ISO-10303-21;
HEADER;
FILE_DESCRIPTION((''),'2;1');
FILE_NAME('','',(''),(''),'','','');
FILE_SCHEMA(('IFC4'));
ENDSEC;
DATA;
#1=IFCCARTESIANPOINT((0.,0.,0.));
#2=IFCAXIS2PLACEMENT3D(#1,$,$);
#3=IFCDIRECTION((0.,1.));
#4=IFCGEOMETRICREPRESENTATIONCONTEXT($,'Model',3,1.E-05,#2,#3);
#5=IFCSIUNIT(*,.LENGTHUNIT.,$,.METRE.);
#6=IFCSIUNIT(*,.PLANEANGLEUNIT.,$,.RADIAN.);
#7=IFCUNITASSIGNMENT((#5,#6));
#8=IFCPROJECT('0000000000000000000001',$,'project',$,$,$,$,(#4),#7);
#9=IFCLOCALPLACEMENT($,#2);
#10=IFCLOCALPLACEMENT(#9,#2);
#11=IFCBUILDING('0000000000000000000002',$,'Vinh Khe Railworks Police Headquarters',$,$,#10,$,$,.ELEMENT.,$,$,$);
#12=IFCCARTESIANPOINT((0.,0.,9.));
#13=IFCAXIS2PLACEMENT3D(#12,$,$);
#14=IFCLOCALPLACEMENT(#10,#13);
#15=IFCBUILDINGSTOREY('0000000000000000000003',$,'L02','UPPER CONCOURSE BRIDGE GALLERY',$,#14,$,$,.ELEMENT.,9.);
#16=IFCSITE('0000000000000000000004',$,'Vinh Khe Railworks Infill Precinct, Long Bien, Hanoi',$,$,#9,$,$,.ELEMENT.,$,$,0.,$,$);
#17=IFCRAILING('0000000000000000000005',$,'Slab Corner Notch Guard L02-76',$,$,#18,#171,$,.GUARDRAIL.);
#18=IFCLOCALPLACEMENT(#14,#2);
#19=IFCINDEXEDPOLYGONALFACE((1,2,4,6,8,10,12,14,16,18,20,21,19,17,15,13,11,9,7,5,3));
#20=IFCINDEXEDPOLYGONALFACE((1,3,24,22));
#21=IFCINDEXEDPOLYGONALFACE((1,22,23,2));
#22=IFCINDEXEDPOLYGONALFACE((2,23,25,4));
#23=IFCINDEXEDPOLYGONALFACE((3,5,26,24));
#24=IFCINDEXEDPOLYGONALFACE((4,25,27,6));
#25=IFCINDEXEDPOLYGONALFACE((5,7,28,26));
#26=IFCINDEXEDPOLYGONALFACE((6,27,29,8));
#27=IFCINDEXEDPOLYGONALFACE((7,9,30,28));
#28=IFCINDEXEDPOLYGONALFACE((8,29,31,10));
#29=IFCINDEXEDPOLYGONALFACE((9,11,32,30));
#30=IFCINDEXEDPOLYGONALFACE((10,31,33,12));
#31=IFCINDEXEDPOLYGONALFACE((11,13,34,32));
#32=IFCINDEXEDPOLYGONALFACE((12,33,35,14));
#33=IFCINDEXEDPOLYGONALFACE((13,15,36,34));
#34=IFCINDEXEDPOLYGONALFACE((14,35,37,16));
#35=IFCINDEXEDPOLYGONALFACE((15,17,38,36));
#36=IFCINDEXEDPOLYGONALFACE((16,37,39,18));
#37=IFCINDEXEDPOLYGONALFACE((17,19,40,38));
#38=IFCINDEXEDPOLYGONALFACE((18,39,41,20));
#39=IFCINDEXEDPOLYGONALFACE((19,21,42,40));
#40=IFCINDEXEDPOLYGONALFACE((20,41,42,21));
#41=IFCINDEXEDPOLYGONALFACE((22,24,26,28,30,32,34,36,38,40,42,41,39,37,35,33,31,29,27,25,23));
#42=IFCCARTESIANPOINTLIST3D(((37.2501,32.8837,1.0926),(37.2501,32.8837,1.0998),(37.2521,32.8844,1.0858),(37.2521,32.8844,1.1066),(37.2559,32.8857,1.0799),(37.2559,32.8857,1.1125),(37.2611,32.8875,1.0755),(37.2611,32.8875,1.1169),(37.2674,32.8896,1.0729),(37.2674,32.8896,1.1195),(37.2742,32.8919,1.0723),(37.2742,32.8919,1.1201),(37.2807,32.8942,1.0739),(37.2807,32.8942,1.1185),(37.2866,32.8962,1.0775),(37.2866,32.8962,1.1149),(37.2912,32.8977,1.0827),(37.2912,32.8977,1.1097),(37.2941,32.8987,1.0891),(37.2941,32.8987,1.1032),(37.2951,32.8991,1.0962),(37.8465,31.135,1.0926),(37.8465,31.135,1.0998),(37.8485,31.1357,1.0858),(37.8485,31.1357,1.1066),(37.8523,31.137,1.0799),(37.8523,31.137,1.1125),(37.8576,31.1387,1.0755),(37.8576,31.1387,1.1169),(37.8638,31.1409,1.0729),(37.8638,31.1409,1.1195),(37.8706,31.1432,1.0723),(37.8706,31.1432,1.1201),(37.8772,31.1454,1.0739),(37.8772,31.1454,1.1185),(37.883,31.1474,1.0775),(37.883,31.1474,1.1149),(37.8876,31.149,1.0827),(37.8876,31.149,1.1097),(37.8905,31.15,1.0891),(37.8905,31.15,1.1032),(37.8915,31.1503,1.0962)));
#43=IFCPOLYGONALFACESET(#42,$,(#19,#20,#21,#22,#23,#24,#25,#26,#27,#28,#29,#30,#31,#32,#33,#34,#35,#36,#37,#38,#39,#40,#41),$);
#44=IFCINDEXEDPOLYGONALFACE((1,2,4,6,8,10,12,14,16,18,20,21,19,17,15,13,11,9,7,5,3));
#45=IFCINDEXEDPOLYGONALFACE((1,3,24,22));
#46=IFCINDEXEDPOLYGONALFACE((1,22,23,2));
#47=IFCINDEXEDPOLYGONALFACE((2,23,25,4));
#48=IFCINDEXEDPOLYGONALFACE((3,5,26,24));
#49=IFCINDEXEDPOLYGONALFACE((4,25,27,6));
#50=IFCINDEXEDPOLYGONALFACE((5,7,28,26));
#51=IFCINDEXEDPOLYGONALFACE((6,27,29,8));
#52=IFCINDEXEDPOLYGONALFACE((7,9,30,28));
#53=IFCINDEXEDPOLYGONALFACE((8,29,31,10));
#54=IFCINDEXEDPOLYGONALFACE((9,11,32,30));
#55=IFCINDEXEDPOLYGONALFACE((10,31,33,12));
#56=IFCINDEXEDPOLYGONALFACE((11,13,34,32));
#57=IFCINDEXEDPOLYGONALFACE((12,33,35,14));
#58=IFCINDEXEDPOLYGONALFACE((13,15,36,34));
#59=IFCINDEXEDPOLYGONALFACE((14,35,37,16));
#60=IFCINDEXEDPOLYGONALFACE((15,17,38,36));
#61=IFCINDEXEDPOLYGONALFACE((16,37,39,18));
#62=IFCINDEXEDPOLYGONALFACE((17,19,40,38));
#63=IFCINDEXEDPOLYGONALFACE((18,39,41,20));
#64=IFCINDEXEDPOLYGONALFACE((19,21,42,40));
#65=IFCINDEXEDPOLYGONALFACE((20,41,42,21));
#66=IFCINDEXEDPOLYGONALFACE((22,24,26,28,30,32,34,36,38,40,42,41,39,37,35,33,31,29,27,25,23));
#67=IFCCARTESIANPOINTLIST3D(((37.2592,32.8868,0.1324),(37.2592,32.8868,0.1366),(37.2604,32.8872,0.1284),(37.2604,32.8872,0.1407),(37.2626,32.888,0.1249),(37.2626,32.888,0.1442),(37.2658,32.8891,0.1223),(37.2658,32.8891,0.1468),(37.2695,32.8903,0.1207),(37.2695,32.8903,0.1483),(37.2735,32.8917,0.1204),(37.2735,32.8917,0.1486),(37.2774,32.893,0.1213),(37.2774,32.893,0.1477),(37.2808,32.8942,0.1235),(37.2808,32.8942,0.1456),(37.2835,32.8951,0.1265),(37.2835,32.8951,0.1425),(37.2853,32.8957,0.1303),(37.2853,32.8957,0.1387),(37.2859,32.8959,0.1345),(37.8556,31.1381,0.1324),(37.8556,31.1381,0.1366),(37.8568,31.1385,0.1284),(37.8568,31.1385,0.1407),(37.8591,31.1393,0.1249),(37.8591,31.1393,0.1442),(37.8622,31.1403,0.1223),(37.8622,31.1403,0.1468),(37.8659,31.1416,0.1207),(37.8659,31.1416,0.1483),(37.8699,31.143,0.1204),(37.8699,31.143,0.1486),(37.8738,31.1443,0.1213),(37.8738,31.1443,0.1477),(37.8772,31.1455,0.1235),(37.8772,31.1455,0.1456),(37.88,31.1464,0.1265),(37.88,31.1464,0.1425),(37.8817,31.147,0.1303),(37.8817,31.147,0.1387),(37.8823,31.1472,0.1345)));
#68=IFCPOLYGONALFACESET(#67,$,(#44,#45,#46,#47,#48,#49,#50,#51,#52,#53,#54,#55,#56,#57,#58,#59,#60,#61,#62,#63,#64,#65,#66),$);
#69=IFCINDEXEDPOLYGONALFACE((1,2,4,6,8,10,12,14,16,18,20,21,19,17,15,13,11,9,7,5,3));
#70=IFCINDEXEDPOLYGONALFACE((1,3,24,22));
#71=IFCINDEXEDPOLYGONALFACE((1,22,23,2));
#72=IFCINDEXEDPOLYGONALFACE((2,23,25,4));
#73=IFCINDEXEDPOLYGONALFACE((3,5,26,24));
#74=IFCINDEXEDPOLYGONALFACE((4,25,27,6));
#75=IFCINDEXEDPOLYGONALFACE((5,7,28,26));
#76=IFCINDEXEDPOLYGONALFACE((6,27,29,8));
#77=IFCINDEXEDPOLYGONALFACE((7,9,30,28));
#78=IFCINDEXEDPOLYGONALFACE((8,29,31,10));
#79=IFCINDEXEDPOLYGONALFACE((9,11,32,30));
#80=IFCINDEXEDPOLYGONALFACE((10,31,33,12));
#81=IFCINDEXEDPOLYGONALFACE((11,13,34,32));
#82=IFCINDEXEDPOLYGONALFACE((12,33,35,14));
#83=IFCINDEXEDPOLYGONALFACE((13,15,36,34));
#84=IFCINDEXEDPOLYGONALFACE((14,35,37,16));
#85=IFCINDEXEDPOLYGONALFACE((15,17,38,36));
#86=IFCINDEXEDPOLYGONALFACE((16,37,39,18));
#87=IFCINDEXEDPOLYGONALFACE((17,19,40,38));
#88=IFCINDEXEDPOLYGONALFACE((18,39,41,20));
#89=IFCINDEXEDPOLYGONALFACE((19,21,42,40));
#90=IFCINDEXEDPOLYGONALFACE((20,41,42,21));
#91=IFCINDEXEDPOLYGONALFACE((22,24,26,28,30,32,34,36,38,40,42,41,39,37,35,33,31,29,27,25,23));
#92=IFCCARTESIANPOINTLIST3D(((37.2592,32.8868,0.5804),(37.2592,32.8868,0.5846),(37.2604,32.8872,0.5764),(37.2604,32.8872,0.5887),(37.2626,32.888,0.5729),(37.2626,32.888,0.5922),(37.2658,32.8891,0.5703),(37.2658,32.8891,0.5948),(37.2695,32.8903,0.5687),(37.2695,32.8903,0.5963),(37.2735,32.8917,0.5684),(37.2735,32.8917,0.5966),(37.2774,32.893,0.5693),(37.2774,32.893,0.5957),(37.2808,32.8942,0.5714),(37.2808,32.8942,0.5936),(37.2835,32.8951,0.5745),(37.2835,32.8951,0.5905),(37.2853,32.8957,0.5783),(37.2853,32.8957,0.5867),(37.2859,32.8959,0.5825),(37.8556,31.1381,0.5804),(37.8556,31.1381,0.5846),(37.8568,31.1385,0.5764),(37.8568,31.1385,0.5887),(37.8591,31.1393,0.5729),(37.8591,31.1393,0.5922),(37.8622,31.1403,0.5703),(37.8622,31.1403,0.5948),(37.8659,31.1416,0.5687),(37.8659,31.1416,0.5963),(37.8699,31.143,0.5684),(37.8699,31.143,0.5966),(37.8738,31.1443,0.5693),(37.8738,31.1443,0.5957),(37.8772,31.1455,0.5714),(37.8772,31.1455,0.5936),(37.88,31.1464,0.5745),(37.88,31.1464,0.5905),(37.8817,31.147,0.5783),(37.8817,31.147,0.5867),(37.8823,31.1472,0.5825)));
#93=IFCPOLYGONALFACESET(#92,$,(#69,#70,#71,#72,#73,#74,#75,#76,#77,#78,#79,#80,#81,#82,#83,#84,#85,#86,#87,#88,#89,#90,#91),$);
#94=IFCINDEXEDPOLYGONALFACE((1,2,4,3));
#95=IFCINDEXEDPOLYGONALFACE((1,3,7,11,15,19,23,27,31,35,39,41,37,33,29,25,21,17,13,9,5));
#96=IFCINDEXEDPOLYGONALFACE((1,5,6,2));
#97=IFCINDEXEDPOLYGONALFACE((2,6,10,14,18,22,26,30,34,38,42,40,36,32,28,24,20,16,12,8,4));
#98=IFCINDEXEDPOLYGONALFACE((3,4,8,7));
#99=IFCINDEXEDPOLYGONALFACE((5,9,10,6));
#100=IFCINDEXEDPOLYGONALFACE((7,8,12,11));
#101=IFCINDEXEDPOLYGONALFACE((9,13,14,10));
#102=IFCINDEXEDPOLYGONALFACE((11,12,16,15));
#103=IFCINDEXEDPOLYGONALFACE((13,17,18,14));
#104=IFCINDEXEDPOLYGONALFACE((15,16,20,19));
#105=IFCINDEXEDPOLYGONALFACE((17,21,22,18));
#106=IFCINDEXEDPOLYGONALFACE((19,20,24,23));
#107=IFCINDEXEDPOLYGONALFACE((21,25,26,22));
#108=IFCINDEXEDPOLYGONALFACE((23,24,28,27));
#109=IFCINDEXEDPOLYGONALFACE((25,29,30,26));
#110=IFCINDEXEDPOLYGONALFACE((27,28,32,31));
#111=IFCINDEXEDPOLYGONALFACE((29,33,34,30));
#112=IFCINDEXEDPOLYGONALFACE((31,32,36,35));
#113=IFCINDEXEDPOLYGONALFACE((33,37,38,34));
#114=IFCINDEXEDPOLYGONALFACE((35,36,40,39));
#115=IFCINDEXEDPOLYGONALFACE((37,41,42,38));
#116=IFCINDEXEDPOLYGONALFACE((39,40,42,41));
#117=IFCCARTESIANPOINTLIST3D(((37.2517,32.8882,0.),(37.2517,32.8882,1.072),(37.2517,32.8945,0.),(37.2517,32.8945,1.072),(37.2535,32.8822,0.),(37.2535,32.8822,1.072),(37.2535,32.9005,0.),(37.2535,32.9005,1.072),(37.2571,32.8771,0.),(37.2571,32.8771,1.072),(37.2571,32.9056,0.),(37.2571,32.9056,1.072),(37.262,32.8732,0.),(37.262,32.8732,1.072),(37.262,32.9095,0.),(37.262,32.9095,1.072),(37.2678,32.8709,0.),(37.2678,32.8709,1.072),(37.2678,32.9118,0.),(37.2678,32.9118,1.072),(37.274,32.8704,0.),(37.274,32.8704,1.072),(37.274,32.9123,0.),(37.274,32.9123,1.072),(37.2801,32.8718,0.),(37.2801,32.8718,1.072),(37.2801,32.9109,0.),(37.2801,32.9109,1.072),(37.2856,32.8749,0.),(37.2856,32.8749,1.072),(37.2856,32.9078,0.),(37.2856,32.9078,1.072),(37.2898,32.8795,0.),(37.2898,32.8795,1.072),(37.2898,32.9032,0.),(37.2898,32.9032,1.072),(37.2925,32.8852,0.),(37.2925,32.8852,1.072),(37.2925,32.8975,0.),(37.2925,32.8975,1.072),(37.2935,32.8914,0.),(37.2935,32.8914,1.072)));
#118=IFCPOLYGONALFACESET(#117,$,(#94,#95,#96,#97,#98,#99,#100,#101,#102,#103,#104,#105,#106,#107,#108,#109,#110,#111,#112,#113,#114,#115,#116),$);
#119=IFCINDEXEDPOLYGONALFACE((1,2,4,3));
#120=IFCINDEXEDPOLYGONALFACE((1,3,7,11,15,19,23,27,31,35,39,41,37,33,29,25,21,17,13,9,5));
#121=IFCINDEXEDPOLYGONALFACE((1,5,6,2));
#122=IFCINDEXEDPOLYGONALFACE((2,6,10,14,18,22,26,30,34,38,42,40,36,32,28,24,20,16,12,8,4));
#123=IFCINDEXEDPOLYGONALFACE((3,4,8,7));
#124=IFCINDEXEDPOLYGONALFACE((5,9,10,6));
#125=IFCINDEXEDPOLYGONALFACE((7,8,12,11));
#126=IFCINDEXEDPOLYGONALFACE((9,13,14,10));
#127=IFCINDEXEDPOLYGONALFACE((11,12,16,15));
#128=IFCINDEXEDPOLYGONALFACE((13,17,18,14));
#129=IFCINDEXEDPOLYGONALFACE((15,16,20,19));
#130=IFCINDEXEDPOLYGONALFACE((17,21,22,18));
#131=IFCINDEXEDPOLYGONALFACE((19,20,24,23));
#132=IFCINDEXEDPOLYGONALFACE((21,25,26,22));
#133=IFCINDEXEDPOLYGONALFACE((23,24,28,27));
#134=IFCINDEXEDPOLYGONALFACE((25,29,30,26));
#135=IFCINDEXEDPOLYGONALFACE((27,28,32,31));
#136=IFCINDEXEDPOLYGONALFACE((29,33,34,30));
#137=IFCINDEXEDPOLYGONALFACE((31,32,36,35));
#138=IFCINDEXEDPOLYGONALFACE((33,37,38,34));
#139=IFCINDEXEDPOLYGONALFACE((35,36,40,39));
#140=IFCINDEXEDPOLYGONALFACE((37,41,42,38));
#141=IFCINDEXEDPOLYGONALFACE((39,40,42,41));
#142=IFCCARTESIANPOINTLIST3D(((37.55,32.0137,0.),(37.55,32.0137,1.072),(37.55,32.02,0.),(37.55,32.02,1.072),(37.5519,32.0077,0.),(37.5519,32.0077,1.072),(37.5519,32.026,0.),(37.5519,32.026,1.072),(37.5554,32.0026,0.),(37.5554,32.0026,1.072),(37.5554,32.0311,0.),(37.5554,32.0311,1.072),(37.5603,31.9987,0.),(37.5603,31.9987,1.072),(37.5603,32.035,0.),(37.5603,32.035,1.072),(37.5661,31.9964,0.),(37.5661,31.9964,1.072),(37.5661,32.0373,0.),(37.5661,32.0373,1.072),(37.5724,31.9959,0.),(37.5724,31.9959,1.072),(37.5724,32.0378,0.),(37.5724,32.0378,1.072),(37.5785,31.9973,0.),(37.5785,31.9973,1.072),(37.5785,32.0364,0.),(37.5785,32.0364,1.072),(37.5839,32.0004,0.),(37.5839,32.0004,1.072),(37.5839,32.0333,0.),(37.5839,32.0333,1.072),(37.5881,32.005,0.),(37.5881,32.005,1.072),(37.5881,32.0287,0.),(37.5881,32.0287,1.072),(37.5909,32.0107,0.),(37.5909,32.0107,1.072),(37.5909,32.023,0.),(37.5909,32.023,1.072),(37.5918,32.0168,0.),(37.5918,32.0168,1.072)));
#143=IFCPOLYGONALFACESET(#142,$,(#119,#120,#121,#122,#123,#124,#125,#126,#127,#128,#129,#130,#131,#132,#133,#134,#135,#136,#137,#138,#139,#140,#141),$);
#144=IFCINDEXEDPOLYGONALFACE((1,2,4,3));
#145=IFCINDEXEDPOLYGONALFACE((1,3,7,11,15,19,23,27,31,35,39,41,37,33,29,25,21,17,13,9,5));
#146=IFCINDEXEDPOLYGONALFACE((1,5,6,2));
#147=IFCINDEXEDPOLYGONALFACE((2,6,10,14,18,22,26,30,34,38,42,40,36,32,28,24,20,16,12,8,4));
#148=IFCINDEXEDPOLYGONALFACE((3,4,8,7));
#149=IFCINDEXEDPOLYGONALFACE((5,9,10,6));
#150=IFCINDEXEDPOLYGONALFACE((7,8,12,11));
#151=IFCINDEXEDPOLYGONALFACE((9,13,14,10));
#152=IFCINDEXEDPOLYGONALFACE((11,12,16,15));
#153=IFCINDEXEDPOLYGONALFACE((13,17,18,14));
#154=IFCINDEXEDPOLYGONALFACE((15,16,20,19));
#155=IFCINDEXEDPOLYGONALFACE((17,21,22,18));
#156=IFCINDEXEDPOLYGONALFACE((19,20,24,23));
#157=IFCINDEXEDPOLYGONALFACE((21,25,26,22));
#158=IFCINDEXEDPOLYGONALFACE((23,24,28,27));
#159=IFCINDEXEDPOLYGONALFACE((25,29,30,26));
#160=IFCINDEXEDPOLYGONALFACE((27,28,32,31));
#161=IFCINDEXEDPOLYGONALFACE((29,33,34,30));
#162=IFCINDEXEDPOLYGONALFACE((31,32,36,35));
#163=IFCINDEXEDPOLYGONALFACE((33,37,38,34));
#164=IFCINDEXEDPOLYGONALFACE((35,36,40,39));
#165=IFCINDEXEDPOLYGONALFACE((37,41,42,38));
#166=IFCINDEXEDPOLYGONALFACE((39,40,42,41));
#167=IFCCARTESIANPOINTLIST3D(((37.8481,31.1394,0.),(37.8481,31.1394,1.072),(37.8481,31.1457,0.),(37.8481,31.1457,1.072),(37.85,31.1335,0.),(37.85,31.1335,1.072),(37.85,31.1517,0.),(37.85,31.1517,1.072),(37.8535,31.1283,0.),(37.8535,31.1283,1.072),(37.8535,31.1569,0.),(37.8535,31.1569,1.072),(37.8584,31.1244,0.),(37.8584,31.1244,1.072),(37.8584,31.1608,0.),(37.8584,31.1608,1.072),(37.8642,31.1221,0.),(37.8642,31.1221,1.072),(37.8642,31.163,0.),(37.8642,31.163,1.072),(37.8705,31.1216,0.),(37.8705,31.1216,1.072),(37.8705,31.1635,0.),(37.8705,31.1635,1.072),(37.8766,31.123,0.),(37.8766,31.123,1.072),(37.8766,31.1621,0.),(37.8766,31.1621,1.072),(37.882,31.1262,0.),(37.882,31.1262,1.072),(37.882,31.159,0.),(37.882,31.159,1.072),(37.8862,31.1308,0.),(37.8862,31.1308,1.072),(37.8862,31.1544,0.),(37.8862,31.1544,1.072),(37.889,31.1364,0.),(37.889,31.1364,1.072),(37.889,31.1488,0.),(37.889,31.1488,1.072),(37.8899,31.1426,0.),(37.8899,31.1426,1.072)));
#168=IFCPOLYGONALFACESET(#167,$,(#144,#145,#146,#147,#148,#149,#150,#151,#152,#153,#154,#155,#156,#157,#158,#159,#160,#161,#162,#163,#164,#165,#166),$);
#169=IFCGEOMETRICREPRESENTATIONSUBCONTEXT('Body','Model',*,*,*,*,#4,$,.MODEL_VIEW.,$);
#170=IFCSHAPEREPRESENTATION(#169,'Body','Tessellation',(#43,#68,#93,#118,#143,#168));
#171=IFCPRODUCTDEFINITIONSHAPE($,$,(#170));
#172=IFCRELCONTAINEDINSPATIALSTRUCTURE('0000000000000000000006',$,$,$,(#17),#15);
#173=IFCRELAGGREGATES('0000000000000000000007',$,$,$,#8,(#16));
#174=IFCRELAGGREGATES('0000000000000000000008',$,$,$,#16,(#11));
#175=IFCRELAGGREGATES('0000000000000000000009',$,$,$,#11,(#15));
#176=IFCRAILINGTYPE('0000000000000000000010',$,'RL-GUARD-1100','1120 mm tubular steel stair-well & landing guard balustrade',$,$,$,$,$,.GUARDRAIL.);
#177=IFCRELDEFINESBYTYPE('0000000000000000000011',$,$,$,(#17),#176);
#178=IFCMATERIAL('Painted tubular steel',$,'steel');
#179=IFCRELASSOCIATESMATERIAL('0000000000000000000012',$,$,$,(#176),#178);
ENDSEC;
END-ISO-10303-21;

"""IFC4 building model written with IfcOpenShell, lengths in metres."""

from ifc_helpers import new_model, si_unit, direction, frame, origin, origin_2d, place, context, subcontext, project, spatial, circle, extrude, material, type_object, element, save


model = new_model("IFC4")

# Units and contexts
model_context = context("Model", 3, precision=1e-05, world=origin(), true_north=direction((0.0, 1.0)))
body_context = subcontext(model_context, "Body", "Model", "MODEL_VIEW")
ifc_project = project(units=[si_unit("LENGTHUNIT", "METRE"), si_unit("PLANEANGLEUNIT", "RADIAN")], contexts=[model_context])

# Site, building, storey
site_placement = place(None, origin())
site = spatial("IfcSite", under=ifc_project, at=site_placement, Name="Vinh Khe Railworks Infill Precinct, Long Bien, Hanoi", CompositionType="ELEMENT", RefElevation=0.0)
building_placement = place(site_placement, origin())
building = spatial("IfcBuilding", under=site, at=building_placement, Name="Vinh Khe Railworks Police Headquarters", CompositionType="ELEMENT")
storey_placement = place(building_placement, frame((0.0, 0.0, 9.0)))
storey = spatial("IfcBuildingStorey", under=building, at=storey_placement, Name="L02", Description="UPPER CONCOURSE BRIDGE GALLERY", CompositionType="ELEMENT", Elevation=9.0)

# Railing
ifc_material_1 = material(Name="Painted tubular steel", Category="steel")
railing_type_1 = type_object("IfcRailingType", Name="RL-GUARD-1100", Description="1120 mm tubular steel stair-well & landing guard balustrade", PredefinedType="GUARDRAIL", material=ifc_material_1)
railing_1_placement = place(storey_placement, frame((37.2725, 32.8914, 0.0)))
element("IfcRailing", 1, at=railing_1_placement, inside=storey, type_object=railing_type_1, Name="Slab Corner Notch Guard L02-76", PredefinedType="GUARDRAIL", context=body_context, shape_type="SweptSolid", body=[
    extrude(circle(Radius=0.0239, at=origin_2d()), frame((0.0, 0.0, 1.0962), z_axis=(0.3228, -0.946467, 0.0), x_axis=(0.946467, 0.3228, 0.0)), (0.0, 0.0, 1.0), 1.8477),
    extrude(circle(Radius=0.0142, at=origin_2d()), frame((0.0, 0.0, 0.1345), z_axis=(0.3228, -0.946467, 0.0), x_axis=(0.946467, 0.3228, 0.0)), (0.0, 0.0, 1.0), 1.8477),
    extrude(circle(Radius=0.0142, at=origin_2d()), frame((0.0, 0.0, 0.5825), z_axis=(0.3228, -0.946467, 0.0), x_axis=(0.946467, 0.3228, 0.0)), (0.0, 0.0, 1.0), 1.8477),
    extrude(circle(Radius=0.021, at=origin_2d()), origin(), (0.0, 0.0, 1.0), 1.072),
    extrude(circle(Radius=0.021, at=origin_2d()), frame((0.2983, -0.8745, 0.0)), (0.0, 0.0, 1.0), 1.072),
    extrude(circle(Radius=0.021, at=origin_2d()), frame((0.5964, -1.7488, 0.0)), (0.0, 0.0, 1.0), 1.072),
])

save(model, "model.ifc")
